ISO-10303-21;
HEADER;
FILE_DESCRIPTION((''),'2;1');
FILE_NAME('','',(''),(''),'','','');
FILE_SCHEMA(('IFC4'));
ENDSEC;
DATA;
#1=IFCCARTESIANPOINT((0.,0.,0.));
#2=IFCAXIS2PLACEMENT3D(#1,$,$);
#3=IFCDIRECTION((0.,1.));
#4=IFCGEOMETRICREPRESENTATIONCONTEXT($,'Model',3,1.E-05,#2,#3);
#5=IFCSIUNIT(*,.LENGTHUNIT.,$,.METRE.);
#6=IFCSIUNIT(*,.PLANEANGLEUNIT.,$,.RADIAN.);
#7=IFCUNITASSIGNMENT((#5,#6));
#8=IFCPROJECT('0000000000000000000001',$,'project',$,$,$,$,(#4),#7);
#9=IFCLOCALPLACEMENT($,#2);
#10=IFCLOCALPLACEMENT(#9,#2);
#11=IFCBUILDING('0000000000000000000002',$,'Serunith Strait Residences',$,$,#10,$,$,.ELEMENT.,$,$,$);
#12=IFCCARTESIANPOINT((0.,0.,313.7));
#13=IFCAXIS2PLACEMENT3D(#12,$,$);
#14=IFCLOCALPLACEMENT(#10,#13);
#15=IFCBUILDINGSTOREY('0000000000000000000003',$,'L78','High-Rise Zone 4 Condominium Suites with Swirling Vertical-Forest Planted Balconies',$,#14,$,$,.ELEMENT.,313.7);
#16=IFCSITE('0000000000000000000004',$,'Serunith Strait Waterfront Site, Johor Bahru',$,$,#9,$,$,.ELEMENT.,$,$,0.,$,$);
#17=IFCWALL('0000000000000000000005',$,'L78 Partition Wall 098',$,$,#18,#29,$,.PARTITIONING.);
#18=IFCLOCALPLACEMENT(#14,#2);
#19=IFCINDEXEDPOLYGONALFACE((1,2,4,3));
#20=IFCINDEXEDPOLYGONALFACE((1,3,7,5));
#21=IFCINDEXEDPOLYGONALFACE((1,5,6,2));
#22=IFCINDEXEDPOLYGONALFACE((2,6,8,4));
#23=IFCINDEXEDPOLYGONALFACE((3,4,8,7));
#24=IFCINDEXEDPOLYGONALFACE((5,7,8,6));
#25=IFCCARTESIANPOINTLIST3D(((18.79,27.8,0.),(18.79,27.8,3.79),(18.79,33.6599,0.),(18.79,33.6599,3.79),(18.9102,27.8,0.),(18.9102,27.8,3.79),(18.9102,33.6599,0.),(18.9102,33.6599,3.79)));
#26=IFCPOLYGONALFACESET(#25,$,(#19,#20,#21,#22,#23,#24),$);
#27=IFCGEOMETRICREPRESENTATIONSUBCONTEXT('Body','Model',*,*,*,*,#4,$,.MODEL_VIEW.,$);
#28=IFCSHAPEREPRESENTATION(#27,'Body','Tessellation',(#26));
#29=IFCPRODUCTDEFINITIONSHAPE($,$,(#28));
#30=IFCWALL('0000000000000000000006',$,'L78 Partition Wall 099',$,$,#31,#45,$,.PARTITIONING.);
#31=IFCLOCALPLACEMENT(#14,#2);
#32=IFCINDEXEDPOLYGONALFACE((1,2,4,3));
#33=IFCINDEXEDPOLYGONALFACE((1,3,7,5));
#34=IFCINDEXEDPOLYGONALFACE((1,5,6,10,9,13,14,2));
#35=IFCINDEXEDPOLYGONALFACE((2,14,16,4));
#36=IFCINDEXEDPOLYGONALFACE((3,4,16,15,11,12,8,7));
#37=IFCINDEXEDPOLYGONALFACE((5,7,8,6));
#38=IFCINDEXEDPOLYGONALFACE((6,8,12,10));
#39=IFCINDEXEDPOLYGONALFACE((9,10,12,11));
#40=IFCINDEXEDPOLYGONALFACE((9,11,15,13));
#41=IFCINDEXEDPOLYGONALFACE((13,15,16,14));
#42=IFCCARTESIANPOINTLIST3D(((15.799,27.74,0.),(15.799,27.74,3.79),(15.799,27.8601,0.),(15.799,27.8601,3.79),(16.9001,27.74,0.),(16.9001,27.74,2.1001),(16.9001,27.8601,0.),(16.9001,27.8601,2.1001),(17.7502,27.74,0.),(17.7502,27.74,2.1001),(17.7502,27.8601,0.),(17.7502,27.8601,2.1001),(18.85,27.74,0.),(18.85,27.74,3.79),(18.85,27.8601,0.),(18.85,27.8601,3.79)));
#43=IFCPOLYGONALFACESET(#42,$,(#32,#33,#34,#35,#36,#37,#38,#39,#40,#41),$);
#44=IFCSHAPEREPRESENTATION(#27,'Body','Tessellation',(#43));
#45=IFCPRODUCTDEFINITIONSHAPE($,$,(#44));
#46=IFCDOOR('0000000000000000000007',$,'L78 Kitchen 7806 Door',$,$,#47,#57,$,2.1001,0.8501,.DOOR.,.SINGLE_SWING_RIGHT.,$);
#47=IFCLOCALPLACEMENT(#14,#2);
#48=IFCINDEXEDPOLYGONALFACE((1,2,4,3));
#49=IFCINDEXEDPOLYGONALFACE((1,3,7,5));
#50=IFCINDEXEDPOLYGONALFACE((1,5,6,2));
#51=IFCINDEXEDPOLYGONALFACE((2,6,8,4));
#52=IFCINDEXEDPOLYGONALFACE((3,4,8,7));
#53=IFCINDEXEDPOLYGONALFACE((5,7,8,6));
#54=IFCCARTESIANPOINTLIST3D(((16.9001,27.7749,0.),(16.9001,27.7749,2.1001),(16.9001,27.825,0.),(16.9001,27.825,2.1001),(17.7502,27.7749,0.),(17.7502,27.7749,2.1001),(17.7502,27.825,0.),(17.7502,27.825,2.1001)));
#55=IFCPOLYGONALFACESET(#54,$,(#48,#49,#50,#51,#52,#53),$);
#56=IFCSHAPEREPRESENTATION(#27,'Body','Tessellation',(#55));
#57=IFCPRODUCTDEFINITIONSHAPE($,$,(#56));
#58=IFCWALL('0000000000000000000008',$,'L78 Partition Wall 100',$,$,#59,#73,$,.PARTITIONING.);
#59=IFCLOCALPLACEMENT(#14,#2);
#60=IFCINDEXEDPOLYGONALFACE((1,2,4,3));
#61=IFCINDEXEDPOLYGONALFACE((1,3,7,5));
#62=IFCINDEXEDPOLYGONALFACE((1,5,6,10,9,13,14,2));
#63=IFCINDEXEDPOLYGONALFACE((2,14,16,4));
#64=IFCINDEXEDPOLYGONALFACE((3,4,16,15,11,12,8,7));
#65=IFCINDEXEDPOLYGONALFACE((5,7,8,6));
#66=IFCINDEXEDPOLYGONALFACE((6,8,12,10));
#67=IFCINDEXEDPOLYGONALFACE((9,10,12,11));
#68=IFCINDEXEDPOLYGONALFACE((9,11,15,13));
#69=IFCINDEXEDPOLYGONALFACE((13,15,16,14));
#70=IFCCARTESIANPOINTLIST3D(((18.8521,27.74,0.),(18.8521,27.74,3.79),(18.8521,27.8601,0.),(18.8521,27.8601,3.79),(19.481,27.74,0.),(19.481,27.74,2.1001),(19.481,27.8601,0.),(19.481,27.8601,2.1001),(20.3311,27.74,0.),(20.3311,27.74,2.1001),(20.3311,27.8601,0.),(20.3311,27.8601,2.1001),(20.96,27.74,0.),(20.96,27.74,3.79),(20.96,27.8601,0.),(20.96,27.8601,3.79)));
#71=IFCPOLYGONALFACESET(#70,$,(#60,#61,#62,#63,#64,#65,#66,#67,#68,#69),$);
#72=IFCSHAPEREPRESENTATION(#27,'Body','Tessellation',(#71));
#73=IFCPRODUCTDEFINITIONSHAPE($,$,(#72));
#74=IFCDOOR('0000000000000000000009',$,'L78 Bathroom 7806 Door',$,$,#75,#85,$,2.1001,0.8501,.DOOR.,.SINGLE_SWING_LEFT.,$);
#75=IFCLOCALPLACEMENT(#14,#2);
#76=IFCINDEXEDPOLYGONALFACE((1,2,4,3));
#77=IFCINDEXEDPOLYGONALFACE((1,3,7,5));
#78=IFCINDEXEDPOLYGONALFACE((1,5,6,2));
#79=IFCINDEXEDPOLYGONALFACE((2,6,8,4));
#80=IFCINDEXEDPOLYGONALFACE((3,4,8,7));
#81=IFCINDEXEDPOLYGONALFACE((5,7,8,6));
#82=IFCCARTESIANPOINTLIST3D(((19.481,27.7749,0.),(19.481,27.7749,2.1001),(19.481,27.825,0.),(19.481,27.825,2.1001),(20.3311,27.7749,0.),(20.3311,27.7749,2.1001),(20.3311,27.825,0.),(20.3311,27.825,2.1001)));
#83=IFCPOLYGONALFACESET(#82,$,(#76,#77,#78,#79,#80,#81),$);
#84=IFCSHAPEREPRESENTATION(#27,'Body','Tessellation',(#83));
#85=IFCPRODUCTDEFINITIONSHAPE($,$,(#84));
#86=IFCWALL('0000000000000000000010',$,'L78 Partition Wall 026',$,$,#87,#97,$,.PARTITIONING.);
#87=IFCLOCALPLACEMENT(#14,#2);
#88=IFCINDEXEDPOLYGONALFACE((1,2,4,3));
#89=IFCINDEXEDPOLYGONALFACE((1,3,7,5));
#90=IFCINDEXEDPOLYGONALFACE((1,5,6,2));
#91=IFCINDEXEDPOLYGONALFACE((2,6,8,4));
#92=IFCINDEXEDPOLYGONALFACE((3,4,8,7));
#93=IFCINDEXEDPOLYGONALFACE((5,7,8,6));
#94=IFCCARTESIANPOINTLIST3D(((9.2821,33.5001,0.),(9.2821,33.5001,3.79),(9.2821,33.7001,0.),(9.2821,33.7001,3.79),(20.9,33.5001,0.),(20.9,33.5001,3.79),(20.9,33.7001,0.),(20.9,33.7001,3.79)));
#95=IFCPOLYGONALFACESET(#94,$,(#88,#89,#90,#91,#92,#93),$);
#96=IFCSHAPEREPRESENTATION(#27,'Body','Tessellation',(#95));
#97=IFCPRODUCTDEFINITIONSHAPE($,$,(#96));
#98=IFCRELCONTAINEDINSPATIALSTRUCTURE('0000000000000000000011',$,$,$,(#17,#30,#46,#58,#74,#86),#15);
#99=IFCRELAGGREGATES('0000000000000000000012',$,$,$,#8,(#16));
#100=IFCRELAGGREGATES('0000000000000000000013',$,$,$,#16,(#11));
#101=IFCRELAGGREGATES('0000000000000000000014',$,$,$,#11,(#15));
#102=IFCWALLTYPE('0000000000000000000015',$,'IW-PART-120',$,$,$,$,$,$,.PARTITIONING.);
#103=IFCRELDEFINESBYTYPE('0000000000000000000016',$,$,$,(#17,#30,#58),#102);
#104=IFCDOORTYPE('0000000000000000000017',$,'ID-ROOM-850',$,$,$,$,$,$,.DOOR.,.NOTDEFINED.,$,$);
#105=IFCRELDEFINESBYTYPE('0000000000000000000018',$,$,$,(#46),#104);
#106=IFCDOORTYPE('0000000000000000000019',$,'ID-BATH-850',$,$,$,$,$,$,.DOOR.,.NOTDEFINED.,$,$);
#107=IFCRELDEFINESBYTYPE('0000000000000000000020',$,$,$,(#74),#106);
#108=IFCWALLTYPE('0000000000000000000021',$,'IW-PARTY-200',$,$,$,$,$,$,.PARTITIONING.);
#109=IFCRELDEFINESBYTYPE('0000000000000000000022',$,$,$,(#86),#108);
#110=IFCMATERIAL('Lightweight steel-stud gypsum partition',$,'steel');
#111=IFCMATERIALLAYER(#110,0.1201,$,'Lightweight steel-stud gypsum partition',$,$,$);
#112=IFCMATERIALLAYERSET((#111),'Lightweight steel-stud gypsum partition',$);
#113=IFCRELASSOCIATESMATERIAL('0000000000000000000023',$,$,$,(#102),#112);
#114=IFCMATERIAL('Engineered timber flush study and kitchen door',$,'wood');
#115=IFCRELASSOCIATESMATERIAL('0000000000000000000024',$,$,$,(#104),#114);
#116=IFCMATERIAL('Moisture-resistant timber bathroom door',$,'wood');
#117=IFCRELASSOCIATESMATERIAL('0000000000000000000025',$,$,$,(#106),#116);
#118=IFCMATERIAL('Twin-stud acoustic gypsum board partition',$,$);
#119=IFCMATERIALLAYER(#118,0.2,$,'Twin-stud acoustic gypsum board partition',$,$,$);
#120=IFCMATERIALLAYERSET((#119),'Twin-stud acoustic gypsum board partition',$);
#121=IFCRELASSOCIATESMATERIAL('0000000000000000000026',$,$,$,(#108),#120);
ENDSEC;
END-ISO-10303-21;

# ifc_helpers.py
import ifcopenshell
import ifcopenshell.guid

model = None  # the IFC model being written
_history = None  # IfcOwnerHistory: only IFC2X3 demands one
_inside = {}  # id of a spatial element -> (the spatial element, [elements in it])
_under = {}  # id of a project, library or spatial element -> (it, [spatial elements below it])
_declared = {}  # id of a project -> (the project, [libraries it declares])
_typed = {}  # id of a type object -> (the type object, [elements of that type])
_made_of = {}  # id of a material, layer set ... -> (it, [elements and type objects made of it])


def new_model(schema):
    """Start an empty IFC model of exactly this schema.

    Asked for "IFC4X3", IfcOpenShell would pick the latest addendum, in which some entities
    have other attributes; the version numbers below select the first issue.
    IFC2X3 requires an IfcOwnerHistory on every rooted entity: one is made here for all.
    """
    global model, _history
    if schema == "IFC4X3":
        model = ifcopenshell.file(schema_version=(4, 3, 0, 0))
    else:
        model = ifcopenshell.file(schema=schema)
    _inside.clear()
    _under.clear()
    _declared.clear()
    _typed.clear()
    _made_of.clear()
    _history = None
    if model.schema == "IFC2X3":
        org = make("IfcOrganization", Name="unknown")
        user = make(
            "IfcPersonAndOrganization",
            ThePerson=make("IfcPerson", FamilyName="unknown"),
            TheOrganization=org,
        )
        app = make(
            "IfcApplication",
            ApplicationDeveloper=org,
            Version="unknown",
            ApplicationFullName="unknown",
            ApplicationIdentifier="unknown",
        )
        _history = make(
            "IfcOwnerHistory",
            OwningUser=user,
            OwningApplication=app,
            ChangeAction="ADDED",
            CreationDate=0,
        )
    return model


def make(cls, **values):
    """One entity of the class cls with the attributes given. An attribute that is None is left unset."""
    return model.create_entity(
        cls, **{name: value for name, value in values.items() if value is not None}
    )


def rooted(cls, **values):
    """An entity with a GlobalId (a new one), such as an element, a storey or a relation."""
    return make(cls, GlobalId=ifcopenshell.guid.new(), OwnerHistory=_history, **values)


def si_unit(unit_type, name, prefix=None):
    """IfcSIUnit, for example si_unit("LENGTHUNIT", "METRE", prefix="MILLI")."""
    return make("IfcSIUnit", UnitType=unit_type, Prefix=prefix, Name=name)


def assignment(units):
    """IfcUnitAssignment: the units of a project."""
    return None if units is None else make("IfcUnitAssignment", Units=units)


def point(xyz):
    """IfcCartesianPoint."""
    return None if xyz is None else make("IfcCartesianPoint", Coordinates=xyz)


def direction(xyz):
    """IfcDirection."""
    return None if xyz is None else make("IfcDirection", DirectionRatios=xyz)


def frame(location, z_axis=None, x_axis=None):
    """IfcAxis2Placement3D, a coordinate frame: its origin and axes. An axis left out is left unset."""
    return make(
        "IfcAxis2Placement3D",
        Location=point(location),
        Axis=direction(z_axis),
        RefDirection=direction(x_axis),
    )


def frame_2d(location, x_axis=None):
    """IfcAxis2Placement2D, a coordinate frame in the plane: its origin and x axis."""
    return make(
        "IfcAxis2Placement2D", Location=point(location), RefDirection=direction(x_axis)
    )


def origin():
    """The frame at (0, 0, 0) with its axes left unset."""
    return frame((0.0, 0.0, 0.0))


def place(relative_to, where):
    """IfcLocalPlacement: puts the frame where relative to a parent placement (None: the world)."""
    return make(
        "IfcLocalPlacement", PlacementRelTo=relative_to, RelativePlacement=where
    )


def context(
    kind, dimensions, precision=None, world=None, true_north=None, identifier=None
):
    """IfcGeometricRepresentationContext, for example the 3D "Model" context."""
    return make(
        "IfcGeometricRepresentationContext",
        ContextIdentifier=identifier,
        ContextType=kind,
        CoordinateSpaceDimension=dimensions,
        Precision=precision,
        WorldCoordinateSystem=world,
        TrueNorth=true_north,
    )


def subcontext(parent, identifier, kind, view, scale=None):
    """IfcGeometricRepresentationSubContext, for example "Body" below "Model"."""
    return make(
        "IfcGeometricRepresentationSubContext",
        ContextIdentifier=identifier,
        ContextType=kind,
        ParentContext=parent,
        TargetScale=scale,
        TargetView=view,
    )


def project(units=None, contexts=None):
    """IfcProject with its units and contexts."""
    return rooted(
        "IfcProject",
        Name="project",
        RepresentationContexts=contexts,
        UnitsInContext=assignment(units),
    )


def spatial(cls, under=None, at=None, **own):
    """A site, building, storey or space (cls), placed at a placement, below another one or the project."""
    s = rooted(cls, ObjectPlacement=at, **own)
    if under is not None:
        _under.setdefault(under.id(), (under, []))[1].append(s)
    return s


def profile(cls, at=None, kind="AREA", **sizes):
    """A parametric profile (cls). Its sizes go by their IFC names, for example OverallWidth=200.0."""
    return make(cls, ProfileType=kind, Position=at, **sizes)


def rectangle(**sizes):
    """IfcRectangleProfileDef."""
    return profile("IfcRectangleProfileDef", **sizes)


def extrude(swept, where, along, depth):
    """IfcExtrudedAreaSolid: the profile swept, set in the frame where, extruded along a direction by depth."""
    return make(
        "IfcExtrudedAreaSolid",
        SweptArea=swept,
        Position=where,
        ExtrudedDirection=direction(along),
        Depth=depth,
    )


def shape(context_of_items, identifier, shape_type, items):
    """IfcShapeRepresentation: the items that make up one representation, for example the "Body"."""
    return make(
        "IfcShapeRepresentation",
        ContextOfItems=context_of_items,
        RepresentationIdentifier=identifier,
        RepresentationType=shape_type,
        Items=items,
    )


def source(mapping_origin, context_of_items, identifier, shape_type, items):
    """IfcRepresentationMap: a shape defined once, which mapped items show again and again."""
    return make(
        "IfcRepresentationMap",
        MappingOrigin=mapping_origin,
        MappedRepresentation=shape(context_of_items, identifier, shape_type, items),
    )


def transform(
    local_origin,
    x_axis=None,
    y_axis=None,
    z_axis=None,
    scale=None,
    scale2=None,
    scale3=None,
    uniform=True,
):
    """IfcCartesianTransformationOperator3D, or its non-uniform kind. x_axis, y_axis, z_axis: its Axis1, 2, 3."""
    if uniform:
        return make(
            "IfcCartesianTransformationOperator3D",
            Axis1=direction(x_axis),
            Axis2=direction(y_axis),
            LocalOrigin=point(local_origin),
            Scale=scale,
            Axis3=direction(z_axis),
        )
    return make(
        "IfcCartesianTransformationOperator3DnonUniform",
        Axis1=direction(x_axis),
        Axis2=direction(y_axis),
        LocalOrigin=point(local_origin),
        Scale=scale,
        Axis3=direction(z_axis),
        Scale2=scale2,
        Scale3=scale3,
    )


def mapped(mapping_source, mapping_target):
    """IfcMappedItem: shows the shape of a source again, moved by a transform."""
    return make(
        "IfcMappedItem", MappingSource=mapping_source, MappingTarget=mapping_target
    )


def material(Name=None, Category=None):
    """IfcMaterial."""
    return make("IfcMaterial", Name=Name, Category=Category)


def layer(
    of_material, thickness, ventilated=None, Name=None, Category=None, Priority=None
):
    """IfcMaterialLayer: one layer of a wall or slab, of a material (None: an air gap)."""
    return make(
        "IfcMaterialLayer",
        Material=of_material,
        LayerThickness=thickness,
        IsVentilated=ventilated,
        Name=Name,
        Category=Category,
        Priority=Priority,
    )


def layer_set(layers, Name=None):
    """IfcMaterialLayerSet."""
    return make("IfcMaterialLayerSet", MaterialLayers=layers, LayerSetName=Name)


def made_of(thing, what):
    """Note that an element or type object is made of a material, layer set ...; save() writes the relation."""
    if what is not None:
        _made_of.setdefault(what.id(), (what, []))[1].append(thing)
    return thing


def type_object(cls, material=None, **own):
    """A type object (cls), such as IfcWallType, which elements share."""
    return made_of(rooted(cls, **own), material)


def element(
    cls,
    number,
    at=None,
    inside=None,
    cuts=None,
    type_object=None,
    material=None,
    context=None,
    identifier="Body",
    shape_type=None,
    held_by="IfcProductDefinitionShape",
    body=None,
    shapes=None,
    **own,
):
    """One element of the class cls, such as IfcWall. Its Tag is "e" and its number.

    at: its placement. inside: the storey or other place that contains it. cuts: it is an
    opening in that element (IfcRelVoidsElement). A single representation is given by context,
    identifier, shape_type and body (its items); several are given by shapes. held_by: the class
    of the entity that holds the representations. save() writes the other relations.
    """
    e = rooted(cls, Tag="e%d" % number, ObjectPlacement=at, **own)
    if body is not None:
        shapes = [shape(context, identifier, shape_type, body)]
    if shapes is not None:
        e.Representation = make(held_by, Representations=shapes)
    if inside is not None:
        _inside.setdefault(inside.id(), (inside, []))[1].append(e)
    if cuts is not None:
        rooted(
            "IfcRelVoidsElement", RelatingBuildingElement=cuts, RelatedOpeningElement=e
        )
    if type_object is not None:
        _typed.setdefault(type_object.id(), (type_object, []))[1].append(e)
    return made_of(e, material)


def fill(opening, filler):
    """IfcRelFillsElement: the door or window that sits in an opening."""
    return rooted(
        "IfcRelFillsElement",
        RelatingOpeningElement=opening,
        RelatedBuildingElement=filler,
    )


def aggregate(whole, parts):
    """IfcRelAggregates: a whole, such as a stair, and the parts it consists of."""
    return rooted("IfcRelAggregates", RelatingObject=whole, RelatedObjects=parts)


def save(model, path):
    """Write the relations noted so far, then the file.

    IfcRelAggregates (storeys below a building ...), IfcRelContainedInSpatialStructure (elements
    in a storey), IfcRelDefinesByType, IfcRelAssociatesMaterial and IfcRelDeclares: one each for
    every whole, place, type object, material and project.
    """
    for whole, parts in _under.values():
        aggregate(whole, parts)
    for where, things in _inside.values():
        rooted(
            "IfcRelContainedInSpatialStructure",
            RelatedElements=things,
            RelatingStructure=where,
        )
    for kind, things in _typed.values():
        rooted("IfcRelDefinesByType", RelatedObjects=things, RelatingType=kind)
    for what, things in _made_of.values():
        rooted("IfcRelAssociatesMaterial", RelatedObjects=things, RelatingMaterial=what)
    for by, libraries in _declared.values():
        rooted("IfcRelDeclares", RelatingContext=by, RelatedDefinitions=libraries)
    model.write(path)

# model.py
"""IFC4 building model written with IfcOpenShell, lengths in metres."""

from ifc_helpers import new_model, si_unit, direction, frame, frame_2d, origin, place, context, subcontext, project, spatial, rectangle, extrude, source, transform, mapped, material, layer, layer_set, type_object, element, fill, save


model = new_model("IFC4")

# Units and contexts
model_context = context("Model", 3, precision=1e-05, world=origin(), true_north=direction((0.0, 1.0)))
body_context = subcontext(model_context, "Body", "Model", "MODEL_VIEW")
ifc_project = project(units=[si_unit("LENGTHUNIT", "METRE"), si_unit("PLANEANGLEUNIT", "RADIAN")], contexts=[model_context])

# Site, building, storey
site_placement = place(None, origin())
site = spatial("IfcSite", under=ifc_project, at=site_placement, Name="Serunith Strait Waterfront Site, Johor Bahru", CompositionType="ELEMENT", RefElevation=0.0)
building_placement = place(site_placement, origin())
building = spatial("IfcBuilding", under=site, at=building_placement, Name="Serunith Strait Residences", CompositionType="ELEMENT")
storey_placement = place(building_placement, frame((0.0, 0.0, 313.7)))
storey = spatial("IfcBuildingStorey", under=building, at=storey_placement, Name="L78", Description="High-Rise Zone 4 Condominium Suites with Swirling Vertical-Forest Planted Balconies", CompositionType="ELEMENT", Elevation=313.7)

# Shared definitions
ifc_material_1 = material(Name="Lightweight steel-stud gypsum partition", Category="steel")
ifc_layer_1 = layer(ifc_material_1, 0.1201, Name="Lightweight steel-stud gypsum partition")
ifc_layer_set_1 = layer_set([ifc_layer_1], Name="Lightweight steel-stud gypsum partition")
wall_type_1 = type_object("IfcWallType", Name="IW-PART-120", PredefinedType="PARTITIONING", material=ifc_layer_set_1)
ifc_material_2 = material(Name="Engineered timber flush study and kitchen door", Category="wood")
door_type_1 = type_object("IfcDoorType", Name="ID-ROOM-850", OperationType="NOTDEFINED", PredefinedType="DOOR", material=ifc_material_2)
shared_shape_1 = source(origin(), body_context, "Body", "SweptSolid", [
    extrude(rectangle(XDim=0.8501, YDim=2.1001, at=frame_2d((0.425, 1.05))), frame((0.0, 0.0249, 0.0), z_axis=(0.0, -1.0, 0.0), x_axis=(1.0, 0.0, 0.0)), (0.0, 0.0, 1.0), 0.05),
])

# Wall
for number, where, z_axis, x_axis, name in (
    (1, (18.8501, 27.8, 0.0), (0.0, 0.0, 1.0), (0.0, 1.0, 0.0), "L78 Partition Wall 098"),
):
    element("IfcWall", number, at=place(storey_placement, frame(where, z_axis=z_axis, x_axis=x_axis)), inside=storey, type_object=wall_type_1, Name=name, PredefinedType="PARTITIONING", context=body_context, shape_type="SweptSolid", body=[
        extrude(rectangle(XDim=5.8599, YDim=0.1201, at=frame_2d((2.9299, 0.0))), origin(), (0.0, 0.0, 1.0), 3.79),
    ])

# Walls, openings, doors
wall_1_placement = place(storey_placement, frame((15.7991, 27.8, 0.0), z_axis=(0.0, 0.0, 1.0), x_axis=(1.0, 0.0, 0.0)))
wall_1 = element("IfcWall", 2, at=wall_1_placement, inside=storey, type_object=wall_type_1, Name="L78 Partition Wall 099", PredefinedType="PARTITIONING", context=body_context, shape_type="SweptSolid", body=[
    extrude(rectangle(XDim=3.051, YDim=0.1201, at=frame_2d((1.5254, 0.0))), origin(), (0.0, 0.0, 1.0), 3.79),
])
opening_1_placement = place(wall_1_placement, frame((1.1011, 0.0, 0.0)))
opening_1 = element("IfcOpeningElement", 3, at=opening_1_placement, cuts=wall_1, PredefinedType="OPENING", context=body_context, shape_type="SweptSolid", body=[
    extrude(rectangle(XDim=0.8501, YDim=2.1001, at=frame_2d((0.425, 1.05))), frame((0.0, 0.0701, 0.0), z_axis=(0.0, -1.0, 0.0), x_axis=(1.0, 0.0, 0.0)), (0.0, 0.0, 1.0), 0.1401),
])
door_1_placement = place(opening_1_placement, origin())
door_1 = element("IfcDoor", 4, at=door_1_placement, inside=storey, type_object=door_type_1, Name="L78 Kitchen 7806 Door", OperationType="SINGLE_SWING_RIGHT", OverallHeight=2.1001, OverallWidth=0.8501, PredefinedType="DOOR", context=body_context, shape_type="MappedRepresentation", body=[
    mapped(shared_shape_1, transform((0.0, 0.0, 0.0), scale=1.0)),
])
fill(opening_1, door_1)
wall_2_placement = place(storey_placement, frame((18.8521, 27.8, 0.0), z_axis=(0.0, 0.0, 1.0), x_axis=(1.0, 0.0, 0.0)))
wall_2 = element("IfcWall", 5, at=wall_2_placement, inside=storey, type_object=wall_type_1, Name="L78 Partition Wall 100", PredefinedType="PARTITIONING", context=body_context, shape_type="SweptSolid", body=[
    extrude(rectangle(XDim=2.1079, YDim=0.1201, at=frame_2d((1.054, 0.0))), origin(), (0.0, 0.0, 1.0), 3.79),
])
opening_2_placement = place(wall_2_placement, frame((0.6289, 0.0, 0.0)))
opening_2 = element("IfcOpeningElement", 6, at=opening_2_placement, cuts=wall_2, PredefinedType="OPENING", context=body_context, shape_type="SweptSolid", body=[
    extrude(rectangle(XDim=0.8501, YDim=2.1001, at=frame_2d((0.425, 1.05))), frame((0.0, 0.0701, 0.0), z_axis=(0.0, -1.0, 0.0), x_axis=(1.0, 0.0, 0.0)), (0.0, 0.0, 1.0), 0.1401),
])
ifc_material_3 = material(Name="Moisture-resistant timber bathroom door", Category="wood")
door_type_2 = type_object("IfcDoorType", Name="ID-BATH-850", OperationType="NOTDEFINED", PredefinedType="DOOR", material=ifc_material_3)
door_2_placement = place(opening_2_placement, origin())
door_2 = element("IfcDoor", 7, at=door_2_placement, inside=storey, type_object=door_type_2, Name="L78 Bathroom 7806 Door", OperationType="SINGLE_SWING_LEFT", OverallHeight=2.1001, OverallWidth=0.8501, PredefinedType="DOOR", context=body_context, shape_type="MappedRepresentation", body=[
    mapped(shared_shape_1, transform((0.0, 0.0, 0.0), scale=1.0)),
])
fill(opening_2, door_2)

# Wall
ifc_material_4 = material(Name="Twin-stud acoustic gypsum board partition")
ifc_layer_2 = layer(ifc_material_4, 0.2, Name="Twin-stud acoustic gypsum board partition")
ifc_layer_set_2 = layer_set([ifc_layer_2], Name="Twin-stud acoustic gypsum board partition")
wall_type_2 = type_object("IfcWallType", Name="IW-PARTY-200", PredefinedType="PARTITIONING", material=ifc_layer_set_2)
wall_3_placement = place(storey_placement, frame((9.282, 33.6001, 0.0), z_axis=(0.0, 0.0, 1.0), x_axis=(1.0, 0.0, 0.0)))
element("IfcWall", 8, at=wall_3_placement, inside=storey, type_object=wall_type_2, Name="L78 Partition Wall 026", PredefinedType="PARTITIONING", context=body_context, shape_type="SweptSolid", body=[
    extrude(rectangle(XDim=11.6179, YDim=0.2, at=frame_2d((5.8091, 0.0))), origin(), (0.0, 0.0, 1.0), 3.79),
])

save(model, "model.ifc")
